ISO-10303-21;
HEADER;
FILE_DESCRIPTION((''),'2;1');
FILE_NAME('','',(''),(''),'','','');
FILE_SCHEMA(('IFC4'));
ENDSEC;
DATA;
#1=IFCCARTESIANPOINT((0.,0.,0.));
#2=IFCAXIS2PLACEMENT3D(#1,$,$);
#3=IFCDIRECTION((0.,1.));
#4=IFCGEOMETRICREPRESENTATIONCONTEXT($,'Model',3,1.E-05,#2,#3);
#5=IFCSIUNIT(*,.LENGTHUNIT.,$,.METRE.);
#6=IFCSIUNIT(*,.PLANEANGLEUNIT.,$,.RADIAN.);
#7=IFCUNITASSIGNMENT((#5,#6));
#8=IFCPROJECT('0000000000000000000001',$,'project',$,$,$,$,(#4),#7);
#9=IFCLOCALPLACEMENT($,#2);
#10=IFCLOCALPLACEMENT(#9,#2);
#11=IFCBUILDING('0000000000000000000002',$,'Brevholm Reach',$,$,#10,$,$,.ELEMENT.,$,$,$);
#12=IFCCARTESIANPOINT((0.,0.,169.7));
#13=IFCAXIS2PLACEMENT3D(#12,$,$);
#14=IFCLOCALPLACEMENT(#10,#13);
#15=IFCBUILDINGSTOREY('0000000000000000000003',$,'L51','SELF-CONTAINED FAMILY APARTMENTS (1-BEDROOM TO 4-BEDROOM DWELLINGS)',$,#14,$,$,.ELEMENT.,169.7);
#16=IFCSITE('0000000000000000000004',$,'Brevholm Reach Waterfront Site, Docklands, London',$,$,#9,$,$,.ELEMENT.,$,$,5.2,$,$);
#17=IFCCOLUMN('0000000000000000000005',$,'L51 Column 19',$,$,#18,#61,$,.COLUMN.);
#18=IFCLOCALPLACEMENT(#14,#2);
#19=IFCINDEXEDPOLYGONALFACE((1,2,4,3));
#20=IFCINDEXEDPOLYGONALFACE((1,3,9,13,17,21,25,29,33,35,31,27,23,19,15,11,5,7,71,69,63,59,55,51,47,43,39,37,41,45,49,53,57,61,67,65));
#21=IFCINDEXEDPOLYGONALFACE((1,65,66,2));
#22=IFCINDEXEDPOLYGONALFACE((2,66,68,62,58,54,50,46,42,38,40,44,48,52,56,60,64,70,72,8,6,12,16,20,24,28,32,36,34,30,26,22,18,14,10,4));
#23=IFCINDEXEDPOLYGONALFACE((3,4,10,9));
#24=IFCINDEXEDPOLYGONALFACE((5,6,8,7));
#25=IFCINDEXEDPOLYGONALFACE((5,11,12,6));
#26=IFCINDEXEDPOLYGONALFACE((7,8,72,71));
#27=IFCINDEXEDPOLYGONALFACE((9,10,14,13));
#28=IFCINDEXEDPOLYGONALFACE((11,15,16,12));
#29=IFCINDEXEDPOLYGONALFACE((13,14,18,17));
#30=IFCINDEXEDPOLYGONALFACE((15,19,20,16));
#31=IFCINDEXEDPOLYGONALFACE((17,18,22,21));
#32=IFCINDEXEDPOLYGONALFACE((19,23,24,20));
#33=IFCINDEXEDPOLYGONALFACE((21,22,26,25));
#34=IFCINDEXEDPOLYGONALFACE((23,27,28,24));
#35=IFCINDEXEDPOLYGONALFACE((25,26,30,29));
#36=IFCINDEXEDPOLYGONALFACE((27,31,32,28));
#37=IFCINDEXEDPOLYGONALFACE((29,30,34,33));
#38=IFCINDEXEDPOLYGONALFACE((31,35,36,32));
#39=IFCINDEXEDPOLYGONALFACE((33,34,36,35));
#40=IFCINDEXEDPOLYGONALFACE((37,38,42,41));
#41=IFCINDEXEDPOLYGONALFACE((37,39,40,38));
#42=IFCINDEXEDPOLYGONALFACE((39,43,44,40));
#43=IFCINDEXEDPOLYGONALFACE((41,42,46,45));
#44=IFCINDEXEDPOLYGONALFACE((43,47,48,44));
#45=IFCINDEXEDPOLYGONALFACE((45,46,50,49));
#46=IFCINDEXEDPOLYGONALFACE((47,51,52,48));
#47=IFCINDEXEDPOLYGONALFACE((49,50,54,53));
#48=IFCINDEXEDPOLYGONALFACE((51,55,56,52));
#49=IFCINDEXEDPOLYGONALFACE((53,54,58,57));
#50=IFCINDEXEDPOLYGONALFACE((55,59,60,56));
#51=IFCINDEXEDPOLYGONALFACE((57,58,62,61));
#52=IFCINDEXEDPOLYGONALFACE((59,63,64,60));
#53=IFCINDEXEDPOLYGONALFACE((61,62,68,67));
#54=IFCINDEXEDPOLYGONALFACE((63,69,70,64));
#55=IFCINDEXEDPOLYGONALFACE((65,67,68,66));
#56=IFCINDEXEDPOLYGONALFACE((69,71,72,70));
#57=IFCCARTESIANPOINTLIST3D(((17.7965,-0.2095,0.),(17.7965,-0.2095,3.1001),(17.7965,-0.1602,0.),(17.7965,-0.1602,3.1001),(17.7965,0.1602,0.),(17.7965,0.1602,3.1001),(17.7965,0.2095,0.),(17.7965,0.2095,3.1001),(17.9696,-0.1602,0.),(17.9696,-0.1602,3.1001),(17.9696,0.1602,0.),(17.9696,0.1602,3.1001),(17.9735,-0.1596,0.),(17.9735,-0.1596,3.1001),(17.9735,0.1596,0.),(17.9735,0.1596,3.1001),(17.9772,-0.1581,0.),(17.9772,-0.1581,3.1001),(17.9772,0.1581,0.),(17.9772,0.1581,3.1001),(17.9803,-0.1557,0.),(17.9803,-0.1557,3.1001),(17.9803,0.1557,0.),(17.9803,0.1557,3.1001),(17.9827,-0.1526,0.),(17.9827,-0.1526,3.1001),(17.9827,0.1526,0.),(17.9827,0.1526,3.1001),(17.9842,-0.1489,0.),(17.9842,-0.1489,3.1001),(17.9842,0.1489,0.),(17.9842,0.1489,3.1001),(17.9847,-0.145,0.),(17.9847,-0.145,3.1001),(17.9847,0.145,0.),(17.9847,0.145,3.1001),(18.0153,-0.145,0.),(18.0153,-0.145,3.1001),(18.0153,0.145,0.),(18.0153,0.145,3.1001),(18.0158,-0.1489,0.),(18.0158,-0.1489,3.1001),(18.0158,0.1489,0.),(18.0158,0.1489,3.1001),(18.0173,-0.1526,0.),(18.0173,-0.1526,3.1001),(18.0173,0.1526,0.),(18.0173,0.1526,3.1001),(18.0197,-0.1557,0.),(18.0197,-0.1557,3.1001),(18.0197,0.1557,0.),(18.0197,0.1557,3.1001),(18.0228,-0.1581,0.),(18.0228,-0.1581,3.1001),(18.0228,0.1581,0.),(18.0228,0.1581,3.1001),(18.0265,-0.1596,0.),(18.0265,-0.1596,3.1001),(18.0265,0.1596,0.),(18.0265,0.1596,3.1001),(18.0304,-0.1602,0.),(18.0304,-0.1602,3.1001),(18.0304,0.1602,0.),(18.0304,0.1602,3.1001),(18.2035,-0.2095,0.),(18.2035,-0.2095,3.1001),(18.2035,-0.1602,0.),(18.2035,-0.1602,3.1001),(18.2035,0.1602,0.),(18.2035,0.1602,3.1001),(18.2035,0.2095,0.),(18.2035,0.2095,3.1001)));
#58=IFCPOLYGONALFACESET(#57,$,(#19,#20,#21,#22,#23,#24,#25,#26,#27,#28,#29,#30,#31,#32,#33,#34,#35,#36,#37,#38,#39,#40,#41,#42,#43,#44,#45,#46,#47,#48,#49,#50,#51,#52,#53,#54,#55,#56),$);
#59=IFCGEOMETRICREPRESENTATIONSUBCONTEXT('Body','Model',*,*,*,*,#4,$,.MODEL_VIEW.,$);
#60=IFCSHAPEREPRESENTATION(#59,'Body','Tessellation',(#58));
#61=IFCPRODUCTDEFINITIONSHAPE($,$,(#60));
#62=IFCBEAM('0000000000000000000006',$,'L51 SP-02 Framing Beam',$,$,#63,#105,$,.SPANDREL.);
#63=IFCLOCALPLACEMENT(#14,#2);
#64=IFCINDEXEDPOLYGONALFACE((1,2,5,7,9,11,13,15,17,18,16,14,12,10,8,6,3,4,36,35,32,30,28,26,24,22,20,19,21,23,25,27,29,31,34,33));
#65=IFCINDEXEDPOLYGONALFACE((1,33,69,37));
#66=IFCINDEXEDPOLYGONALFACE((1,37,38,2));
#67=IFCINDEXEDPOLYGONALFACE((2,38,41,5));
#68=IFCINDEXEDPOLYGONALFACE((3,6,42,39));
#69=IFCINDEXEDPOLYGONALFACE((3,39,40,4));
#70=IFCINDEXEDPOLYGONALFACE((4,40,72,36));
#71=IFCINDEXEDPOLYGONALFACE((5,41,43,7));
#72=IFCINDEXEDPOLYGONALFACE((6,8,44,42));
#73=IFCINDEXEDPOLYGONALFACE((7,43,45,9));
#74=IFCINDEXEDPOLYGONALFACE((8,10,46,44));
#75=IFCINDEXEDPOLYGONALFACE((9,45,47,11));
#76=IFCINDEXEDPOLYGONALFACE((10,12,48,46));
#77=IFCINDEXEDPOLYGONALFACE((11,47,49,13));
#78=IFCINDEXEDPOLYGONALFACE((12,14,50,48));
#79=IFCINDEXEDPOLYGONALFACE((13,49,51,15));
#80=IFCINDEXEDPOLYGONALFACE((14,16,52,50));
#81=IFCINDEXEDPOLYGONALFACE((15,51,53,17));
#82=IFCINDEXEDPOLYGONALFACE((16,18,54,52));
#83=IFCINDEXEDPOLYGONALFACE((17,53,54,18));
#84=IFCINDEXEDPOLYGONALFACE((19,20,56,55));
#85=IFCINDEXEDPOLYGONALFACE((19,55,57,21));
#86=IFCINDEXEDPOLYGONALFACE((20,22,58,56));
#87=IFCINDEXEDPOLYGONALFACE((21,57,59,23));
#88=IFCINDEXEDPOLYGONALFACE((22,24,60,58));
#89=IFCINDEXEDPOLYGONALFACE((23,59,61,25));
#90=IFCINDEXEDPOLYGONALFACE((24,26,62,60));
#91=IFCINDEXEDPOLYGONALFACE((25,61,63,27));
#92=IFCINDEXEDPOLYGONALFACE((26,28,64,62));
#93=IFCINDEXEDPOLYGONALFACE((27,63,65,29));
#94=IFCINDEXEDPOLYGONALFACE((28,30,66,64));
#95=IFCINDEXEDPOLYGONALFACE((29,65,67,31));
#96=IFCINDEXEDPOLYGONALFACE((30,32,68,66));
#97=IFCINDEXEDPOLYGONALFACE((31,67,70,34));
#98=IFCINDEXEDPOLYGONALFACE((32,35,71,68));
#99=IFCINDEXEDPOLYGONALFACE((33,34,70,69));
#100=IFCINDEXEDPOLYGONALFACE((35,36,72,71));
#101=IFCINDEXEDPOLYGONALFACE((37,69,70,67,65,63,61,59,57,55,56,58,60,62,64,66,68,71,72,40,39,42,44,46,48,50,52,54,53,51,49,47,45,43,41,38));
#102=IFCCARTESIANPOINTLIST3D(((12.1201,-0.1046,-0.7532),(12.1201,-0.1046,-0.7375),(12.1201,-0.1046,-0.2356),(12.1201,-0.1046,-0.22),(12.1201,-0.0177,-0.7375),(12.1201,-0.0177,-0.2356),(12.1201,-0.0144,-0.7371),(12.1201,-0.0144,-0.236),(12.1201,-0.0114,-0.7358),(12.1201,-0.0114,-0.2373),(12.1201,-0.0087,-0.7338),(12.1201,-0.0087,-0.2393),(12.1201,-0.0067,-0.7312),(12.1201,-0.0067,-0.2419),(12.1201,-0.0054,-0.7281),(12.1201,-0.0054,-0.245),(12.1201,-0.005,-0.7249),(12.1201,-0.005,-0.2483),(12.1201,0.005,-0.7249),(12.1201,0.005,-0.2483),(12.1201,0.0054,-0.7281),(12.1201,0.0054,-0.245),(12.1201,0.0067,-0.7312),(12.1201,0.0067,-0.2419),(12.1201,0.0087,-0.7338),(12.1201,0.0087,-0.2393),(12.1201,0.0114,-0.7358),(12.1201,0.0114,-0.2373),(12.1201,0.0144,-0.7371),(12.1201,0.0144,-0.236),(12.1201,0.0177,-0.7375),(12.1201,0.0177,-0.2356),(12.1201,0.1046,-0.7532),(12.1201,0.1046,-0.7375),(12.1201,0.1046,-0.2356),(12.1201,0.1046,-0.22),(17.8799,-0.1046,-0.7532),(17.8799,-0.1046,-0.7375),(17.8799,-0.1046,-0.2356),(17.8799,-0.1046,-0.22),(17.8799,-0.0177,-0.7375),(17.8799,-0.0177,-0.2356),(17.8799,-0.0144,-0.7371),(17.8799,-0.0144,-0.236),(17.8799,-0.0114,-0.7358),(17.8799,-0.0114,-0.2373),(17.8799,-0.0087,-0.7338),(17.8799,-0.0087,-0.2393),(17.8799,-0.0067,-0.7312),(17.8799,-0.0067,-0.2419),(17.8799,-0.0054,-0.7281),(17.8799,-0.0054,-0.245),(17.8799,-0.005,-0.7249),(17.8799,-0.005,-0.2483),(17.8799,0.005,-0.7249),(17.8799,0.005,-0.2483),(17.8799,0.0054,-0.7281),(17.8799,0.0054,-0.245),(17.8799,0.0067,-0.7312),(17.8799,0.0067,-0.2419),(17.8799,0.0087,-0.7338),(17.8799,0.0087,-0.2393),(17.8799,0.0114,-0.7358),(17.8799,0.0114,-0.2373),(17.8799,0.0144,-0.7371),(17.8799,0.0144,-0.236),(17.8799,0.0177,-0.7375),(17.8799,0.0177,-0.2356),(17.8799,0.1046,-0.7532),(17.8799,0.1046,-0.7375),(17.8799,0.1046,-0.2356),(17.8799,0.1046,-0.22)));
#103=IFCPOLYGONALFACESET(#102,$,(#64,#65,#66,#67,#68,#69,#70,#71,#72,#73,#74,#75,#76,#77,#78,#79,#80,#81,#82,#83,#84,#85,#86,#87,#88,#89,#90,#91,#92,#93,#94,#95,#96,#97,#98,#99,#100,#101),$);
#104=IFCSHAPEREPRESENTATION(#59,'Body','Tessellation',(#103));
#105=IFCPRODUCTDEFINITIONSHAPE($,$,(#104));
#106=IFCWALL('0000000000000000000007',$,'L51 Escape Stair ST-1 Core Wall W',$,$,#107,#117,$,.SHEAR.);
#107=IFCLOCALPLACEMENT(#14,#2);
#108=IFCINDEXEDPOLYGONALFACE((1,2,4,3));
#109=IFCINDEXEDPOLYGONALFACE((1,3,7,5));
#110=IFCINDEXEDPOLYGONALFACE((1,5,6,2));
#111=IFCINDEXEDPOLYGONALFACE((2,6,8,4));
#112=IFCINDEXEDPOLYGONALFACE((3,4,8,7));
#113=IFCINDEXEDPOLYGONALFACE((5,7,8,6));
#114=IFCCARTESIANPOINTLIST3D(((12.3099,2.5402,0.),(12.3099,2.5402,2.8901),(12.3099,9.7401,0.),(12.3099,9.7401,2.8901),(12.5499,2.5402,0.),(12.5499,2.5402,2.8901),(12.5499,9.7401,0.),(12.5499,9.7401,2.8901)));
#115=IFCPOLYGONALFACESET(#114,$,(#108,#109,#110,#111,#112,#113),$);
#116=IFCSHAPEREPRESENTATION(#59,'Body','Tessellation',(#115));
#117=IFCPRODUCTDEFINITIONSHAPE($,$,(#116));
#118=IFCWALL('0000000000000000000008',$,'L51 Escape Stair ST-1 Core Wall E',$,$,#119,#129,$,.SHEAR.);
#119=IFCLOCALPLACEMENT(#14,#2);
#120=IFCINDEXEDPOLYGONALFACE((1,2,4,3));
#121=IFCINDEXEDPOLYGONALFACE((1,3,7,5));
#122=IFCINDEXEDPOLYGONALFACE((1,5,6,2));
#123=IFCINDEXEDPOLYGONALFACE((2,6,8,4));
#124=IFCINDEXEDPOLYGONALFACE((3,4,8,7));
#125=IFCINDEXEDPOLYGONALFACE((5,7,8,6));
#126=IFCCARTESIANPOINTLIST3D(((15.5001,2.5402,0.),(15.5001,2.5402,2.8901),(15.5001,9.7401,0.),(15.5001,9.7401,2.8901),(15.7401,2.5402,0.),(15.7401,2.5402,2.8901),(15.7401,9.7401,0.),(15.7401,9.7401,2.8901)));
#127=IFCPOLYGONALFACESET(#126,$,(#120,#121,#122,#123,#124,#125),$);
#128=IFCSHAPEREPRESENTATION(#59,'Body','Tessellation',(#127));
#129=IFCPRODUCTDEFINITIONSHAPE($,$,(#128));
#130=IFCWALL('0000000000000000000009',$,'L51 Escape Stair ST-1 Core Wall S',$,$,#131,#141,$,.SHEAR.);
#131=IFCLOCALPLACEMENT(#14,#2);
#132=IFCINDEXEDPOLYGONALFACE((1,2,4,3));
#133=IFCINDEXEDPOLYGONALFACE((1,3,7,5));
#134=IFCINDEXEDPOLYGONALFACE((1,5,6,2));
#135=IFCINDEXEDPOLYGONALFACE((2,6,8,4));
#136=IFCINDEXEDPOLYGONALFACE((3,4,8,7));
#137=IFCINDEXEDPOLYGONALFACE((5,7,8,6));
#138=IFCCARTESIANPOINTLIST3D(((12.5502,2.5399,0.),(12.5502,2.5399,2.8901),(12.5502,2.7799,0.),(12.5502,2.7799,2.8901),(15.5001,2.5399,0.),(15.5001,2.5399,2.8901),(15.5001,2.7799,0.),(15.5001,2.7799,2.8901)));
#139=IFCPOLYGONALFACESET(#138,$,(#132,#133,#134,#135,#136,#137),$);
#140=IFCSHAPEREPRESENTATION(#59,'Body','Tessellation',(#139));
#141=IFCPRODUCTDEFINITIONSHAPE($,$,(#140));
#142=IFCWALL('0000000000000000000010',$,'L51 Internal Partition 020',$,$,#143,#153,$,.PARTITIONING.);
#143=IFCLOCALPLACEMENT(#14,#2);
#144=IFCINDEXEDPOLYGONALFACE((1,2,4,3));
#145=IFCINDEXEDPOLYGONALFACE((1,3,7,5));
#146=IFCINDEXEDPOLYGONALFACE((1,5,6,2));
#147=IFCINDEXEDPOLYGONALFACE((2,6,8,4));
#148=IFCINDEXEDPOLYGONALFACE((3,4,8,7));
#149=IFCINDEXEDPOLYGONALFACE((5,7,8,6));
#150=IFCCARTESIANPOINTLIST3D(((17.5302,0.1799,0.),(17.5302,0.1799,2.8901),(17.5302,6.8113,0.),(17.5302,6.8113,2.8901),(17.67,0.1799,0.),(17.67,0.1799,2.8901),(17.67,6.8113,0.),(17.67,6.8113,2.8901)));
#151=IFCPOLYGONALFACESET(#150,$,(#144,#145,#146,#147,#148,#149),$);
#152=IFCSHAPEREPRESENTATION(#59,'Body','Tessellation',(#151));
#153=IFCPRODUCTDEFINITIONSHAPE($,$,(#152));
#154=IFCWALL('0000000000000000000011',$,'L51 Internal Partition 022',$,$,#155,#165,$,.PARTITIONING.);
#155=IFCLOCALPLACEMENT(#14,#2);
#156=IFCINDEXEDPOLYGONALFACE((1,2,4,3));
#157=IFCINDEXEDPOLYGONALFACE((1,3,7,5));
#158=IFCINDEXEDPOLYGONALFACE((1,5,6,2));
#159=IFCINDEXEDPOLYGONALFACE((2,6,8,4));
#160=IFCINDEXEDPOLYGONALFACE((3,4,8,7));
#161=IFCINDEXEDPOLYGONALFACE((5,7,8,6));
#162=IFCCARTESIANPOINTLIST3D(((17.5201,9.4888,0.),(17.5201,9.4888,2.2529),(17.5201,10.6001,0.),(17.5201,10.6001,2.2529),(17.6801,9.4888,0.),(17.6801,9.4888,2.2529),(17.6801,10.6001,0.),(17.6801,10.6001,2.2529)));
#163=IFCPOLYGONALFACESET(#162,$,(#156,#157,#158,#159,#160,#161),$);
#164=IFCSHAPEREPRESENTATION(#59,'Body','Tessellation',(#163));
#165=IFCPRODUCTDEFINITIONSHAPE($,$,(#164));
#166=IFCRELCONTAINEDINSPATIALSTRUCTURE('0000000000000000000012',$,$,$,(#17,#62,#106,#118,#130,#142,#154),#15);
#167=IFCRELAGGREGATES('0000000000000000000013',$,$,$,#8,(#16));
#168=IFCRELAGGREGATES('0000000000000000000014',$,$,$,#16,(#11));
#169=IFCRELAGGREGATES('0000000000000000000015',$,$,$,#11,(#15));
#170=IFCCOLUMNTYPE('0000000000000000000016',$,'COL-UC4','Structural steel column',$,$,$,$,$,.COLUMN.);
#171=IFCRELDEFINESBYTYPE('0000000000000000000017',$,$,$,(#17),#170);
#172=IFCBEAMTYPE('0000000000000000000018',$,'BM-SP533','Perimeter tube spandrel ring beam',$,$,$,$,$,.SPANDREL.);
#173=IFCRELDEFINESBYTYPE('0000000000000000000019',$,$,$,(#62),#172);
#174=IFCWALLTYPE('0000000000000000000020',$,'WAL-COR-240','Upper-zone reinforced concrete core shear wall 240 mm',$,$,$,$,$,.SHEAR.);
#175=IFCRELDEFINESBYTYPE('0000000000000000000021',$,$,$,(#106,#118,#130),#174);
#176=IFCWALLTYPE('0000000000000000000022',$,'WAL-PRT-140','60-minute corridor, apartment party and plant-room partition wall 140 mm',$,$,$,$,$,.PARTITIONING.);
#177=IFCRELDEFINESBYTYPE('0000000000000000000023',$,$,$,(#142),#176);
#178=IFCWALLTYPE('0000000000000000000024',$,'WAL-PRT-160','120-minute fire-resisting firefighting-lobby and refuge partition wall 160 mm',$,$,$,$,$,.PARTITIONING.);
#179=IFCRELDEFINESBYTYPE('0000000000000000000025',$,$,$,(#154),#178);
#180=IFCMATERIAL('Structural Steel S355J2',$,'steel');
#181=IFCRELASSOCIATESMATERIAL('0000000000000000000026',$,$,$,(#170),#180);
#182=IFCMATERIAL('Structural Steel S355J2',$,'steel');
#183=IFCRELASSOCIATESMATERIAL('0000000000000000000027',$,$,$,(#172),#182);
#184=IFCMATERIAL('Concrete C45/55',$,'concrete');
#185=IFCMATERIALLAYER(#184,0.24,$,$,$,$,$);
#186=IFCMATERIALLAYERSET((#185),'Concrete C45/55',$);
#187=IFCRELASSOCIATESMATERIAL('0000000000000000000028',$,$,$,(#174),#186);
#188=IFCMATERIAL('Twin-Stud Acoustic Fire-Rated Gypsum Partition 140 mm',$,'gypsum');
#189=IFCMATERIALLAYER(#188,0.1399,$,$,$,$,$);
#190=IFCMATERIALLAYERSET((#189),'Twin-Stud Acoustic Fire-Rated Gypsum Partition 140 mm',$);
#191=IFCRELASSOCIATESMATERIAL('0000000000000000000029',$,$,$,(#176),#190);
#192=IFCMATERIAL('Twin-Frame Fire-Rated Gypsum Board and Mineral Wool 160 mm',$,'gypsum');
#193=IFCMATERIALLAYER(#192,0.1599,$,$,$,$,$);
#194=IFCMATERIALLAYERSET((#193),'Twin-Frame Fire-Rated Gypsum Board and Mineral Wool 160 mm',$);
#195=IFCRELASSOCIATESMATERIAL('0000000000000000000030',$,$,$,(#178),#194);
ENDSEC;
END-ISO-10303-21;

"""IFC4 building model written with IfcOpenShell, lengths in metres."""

from ifc_helpers import new_model, si_unit, direction, frame, frame_2d, origin, origin_2d, place, context, subcontext, project, spatial, rectangle, i_section, extrude, material, layer, layer_set, material_profile, profile_set, type_object, element, save


model = new_model("IFC4")

# Units and contexts
model_context = context("Model", 3, precision=1e-05, world=origin(), true_north=direction((0.0, 1.0)))
body_context = subcontext(model_context, "Body", "Model", "MODEL_VIEW")
ifc_project = project(units=[si_unit("LENGTHUNIT", "METRE"), si_unit("PLANEANGLEUNIT", "RADIAN")], contexts=[model_context])

# Site, building, storey
site_placement = place(None, origin())
site = spatial("IfcSite", under=ifc_project, at=site_placement, Name="Brevholm Reach Waterfront Site, Docklands, London", CompositionType="ELEMENT", RefElevation=5.2)
building_placement = place(site_placement, origin())
building = spatial("IfcBuilding", under=site, at=building_placement, Name="Brevholm Reach", CompositionType="ELEMENT")
storey_placement = place(building_placement, frame((0.0, 0.0, 169.7)))
storey = spatial("IfcBuildingStorey", under=building, at=storey_placement, Name="L51", Description="SELF-CONTAINED FAMILY APARTMENTS (1-BEDROOM TO 4-BEDROOM DWELLINGS)", CompositionType="ELEMENT", Elevation=169.7)

# Column
ifc_material_1 = material(Name="Structural Steel S355J2", Category="steel")
ifc_material_profile_1 = material_profile(ifc_material_1, i_section(OverallWidth=0.407, OverallDepth=0.4189, WebThickness=0.0305, FlangeThickness=0.0493, FilletRadius=0.0151, at=origin_2d()), Name="UKC 356x406x393")
ifc_profile_set_1 = profile_set([ifc_material_profile_1], Name="Structural Steel S355J2")
column_type = type_object("IfcColumnType", Name="COL-UC4", Description="Structural steel column", PredefinedType="COLUMN", material=ifc_profile_set_1)
column_placement = place(storey_placement, frame((18.0, 0.0, 0.0), z_axis=(0.0, 0.0, 1.0), x_axis=(1.0, 0.0, 0.0)))
element("IfcColumn", 1, at=column_placement, inside=storey, type_object=column_type, Name="L51 Column 19", PredefinedType="COLUMN", context=body_context, shape_type="SweptSolid", body=[
    extrude(i_section(OverallWidth=0.407, OverallDepth=0.4189, WebThickness=0.0305, FlangeThickness=0.0493, FilletRadius=0.0151, at=origin_2d()), origin(), (0.0, 0.0, 1.0), 3.1001),
])

# Beam
ifc_material_2 = material(Name="Structural Steel S355J2", Category="steel")
ifc_material_profile_2 = material_profile(ifc_material_2, i_section(OverallWidth=0.2092, OverallDepth=0.5332, WebThickness=0.01, FlangeThickness=0.0156, FilletRadius=0.0127, at=origin_2d()), Name="UKB 533x210x92")
ifc_profile_set_2 = profile_set([ifc_material_profile_2], Name="Structural Steel S355J2")
beam_type = type_object("IfcBeamType", Name="BM-SP533", Description="Perimeter tube spandrel ring beam", PredefinedType="SPANDREL", material=ifc_profile_set_2)
beam_placement = place(storey_placement, frame((12.1201, 0.0, -0.4866), z_axis=(1.0, 0.0, 0.0), x_axis=(0.0, 1.0, 0.0)))
element("IfcBeam", 2, at=beam_placement, inside=storey, type_object=beam_type, Name="L51 SP-02 Framing Beam", PredefinedType="SPANDREL", context=body_context, shape_type="SweptSolid", body=[
    extrude(i_section(OverallWidth=0.2092, OverallDepth=0.5332, WebThickness=0.01, FlangeThickness=0.0156, FilletRadius=0.0127, at=origin_2d()), origin(), (0.0, 0.0, 1.0), 5.7598),
])

# Walls
ifc_material_3 = material(Name="Concrete C45/55", Category="concrete")
ifc_layer_1 = layer(ifc_material_3, 0.24)
ifc_layer_set_1 = layer_set([ifc_layer_1], Name="Concrete C45/55")
wall_type_1 = type_object("IfcWallType", Name="WAL-COR-240", Description="Upper-zone reinforced concrete core shear wall 240 mm", PredefinedType="SHEAR", material=ifc_layer_set_1)
for number, where, z_axis, x_axis, name in (
    (3, (12.4299, 2.54, 0.0), (0.0, 0.0, 1.0), (0.0, 1.0, 0.0), "L51 Escape Stair ST-1 Core Wall W"),
    (4, (15.6201, 2.54, 0.0), (0.0, 0.0, 1.0), (0.0, 1.0, 0.0), "L51 Escape Stair ST-1 Core Wall E"),
):
    element("IfcWall", number, at=place(storey_placement, frame(where, z_axis=z_axis, x_axis=x_axis)), inside=storey, type_object=wall_type_1, Name=name, PredefinedType="SHEAR", context=body_context, shape_type="SweptSolid", body=[
        extrude(rectangle(XDim=7.2, YDim=0.24, at=frame_2d((3.6001, 0.0))), origin(), (0.0, 0.0, 1.0), 2.8901),
    ])
wall_1_placement = place(storey_placement, frame((12.55, 2.6599, 0.0), z_axis=(0.0, 0.0, 1.0), x_axis=(1.0, 0.0, 0.0)))
element("IfcWall", 5, at=wall_1_placement, inside=storey, type_object=wall_type_1, Name="L51 Escape Stair ST-1 Core Wall S", PredefinedType="SHEAR", context=body_context, shape_type="SweptSolid", body=[
    extrude(rectangle(XDim=2.95, YDim=0.24, at=frame_2d((1.4751, 0.0))), origin(), (0.0, 0.0, 1.0), 2.8901),
])
ifc_material_4 = material(Name="Twin-Stud Acoustic Fire-Rated Gypsum Partition 140 mm", Category="gypsum")
ifc_layer_2 = layer(ifc_material_4, 0.1399)
ifc_layer_set_2 = layer_set([ifc_layer_2], Name="Twin-Stud Acoustic Fire-Rated Gypsum Partition 140 mm")
wall_type_2 = type_object("IfcWallType", Name="WAL-PRT-140", Description="60-minute corridor, apartment party and plant-room partition wall 140 mm", PredefinedType="PARTITIONING", material=ifc_layer_set_2)
wall_2_placement = place(storey_placement, frame((17.6001, 0.1799, 0.0), z_axis=(0.0, 0.0, 1.0), x_axis=(0.0, 1.0, 0.0)))
element("IfcWall", 6, at=wall_2_placement, inside=storey, type_object=wall_type_2, Name="L51 Internal Partition 020", PredefinedType="PARTITIONING", context=body_context, shape_type="SweptSolid", body=[
    extrude(rectangle(XDim=6.6313, YDim=0.1399, at=frame_2d((3.3157, 0.0))), origin(), (0.0, 0.0, 1.0), 2.8901),
])
ifc_material_5 = material(Name="Twin-Frame Fire-Rated Gypsum Board and Mineral Wool 160 mm", Category="gypsum")
ifc_layer_3 = layer(ifc_material_5, 0.1599)
ifc_layer_set_3 = layer_set([ifc_layer_3], Name="Twin-Frame Fire-Rated Gypsum Board and Mineral Wool 160 mm")
wall_type_3 = type_object("IfcWallType", Name="WAL-PRT-160", Description="120-minute fire-resisting firefighting-lobby and refuge partition wall 160 mm", PredefinedType="PARTITIONING", material=ifc_layer_set_3)
wall_3_placement = place(storey_placement, frame((17.6001, 9.4888, 0.0), z_axis=(0.0, 0.0, 1.0), x_axis=(0.0, 1.0, 0.0)))
element("IfcWall", 7, at=wall_3_placement, inside=storey, type_object=wall_type_3, Name="L51 Internal Partition 022", PredefinedType="PARTITIONING", context=body_context, shape_type="SweptSolid", body=[
    extrude(rectangle(XDim=1.1113, YDim=0.1599, at=frame_2d((0.5557, 0.0))), origin(), (0.0, 0.0, 1.0), 2.2529),
])

save(model, "model.ifc")
